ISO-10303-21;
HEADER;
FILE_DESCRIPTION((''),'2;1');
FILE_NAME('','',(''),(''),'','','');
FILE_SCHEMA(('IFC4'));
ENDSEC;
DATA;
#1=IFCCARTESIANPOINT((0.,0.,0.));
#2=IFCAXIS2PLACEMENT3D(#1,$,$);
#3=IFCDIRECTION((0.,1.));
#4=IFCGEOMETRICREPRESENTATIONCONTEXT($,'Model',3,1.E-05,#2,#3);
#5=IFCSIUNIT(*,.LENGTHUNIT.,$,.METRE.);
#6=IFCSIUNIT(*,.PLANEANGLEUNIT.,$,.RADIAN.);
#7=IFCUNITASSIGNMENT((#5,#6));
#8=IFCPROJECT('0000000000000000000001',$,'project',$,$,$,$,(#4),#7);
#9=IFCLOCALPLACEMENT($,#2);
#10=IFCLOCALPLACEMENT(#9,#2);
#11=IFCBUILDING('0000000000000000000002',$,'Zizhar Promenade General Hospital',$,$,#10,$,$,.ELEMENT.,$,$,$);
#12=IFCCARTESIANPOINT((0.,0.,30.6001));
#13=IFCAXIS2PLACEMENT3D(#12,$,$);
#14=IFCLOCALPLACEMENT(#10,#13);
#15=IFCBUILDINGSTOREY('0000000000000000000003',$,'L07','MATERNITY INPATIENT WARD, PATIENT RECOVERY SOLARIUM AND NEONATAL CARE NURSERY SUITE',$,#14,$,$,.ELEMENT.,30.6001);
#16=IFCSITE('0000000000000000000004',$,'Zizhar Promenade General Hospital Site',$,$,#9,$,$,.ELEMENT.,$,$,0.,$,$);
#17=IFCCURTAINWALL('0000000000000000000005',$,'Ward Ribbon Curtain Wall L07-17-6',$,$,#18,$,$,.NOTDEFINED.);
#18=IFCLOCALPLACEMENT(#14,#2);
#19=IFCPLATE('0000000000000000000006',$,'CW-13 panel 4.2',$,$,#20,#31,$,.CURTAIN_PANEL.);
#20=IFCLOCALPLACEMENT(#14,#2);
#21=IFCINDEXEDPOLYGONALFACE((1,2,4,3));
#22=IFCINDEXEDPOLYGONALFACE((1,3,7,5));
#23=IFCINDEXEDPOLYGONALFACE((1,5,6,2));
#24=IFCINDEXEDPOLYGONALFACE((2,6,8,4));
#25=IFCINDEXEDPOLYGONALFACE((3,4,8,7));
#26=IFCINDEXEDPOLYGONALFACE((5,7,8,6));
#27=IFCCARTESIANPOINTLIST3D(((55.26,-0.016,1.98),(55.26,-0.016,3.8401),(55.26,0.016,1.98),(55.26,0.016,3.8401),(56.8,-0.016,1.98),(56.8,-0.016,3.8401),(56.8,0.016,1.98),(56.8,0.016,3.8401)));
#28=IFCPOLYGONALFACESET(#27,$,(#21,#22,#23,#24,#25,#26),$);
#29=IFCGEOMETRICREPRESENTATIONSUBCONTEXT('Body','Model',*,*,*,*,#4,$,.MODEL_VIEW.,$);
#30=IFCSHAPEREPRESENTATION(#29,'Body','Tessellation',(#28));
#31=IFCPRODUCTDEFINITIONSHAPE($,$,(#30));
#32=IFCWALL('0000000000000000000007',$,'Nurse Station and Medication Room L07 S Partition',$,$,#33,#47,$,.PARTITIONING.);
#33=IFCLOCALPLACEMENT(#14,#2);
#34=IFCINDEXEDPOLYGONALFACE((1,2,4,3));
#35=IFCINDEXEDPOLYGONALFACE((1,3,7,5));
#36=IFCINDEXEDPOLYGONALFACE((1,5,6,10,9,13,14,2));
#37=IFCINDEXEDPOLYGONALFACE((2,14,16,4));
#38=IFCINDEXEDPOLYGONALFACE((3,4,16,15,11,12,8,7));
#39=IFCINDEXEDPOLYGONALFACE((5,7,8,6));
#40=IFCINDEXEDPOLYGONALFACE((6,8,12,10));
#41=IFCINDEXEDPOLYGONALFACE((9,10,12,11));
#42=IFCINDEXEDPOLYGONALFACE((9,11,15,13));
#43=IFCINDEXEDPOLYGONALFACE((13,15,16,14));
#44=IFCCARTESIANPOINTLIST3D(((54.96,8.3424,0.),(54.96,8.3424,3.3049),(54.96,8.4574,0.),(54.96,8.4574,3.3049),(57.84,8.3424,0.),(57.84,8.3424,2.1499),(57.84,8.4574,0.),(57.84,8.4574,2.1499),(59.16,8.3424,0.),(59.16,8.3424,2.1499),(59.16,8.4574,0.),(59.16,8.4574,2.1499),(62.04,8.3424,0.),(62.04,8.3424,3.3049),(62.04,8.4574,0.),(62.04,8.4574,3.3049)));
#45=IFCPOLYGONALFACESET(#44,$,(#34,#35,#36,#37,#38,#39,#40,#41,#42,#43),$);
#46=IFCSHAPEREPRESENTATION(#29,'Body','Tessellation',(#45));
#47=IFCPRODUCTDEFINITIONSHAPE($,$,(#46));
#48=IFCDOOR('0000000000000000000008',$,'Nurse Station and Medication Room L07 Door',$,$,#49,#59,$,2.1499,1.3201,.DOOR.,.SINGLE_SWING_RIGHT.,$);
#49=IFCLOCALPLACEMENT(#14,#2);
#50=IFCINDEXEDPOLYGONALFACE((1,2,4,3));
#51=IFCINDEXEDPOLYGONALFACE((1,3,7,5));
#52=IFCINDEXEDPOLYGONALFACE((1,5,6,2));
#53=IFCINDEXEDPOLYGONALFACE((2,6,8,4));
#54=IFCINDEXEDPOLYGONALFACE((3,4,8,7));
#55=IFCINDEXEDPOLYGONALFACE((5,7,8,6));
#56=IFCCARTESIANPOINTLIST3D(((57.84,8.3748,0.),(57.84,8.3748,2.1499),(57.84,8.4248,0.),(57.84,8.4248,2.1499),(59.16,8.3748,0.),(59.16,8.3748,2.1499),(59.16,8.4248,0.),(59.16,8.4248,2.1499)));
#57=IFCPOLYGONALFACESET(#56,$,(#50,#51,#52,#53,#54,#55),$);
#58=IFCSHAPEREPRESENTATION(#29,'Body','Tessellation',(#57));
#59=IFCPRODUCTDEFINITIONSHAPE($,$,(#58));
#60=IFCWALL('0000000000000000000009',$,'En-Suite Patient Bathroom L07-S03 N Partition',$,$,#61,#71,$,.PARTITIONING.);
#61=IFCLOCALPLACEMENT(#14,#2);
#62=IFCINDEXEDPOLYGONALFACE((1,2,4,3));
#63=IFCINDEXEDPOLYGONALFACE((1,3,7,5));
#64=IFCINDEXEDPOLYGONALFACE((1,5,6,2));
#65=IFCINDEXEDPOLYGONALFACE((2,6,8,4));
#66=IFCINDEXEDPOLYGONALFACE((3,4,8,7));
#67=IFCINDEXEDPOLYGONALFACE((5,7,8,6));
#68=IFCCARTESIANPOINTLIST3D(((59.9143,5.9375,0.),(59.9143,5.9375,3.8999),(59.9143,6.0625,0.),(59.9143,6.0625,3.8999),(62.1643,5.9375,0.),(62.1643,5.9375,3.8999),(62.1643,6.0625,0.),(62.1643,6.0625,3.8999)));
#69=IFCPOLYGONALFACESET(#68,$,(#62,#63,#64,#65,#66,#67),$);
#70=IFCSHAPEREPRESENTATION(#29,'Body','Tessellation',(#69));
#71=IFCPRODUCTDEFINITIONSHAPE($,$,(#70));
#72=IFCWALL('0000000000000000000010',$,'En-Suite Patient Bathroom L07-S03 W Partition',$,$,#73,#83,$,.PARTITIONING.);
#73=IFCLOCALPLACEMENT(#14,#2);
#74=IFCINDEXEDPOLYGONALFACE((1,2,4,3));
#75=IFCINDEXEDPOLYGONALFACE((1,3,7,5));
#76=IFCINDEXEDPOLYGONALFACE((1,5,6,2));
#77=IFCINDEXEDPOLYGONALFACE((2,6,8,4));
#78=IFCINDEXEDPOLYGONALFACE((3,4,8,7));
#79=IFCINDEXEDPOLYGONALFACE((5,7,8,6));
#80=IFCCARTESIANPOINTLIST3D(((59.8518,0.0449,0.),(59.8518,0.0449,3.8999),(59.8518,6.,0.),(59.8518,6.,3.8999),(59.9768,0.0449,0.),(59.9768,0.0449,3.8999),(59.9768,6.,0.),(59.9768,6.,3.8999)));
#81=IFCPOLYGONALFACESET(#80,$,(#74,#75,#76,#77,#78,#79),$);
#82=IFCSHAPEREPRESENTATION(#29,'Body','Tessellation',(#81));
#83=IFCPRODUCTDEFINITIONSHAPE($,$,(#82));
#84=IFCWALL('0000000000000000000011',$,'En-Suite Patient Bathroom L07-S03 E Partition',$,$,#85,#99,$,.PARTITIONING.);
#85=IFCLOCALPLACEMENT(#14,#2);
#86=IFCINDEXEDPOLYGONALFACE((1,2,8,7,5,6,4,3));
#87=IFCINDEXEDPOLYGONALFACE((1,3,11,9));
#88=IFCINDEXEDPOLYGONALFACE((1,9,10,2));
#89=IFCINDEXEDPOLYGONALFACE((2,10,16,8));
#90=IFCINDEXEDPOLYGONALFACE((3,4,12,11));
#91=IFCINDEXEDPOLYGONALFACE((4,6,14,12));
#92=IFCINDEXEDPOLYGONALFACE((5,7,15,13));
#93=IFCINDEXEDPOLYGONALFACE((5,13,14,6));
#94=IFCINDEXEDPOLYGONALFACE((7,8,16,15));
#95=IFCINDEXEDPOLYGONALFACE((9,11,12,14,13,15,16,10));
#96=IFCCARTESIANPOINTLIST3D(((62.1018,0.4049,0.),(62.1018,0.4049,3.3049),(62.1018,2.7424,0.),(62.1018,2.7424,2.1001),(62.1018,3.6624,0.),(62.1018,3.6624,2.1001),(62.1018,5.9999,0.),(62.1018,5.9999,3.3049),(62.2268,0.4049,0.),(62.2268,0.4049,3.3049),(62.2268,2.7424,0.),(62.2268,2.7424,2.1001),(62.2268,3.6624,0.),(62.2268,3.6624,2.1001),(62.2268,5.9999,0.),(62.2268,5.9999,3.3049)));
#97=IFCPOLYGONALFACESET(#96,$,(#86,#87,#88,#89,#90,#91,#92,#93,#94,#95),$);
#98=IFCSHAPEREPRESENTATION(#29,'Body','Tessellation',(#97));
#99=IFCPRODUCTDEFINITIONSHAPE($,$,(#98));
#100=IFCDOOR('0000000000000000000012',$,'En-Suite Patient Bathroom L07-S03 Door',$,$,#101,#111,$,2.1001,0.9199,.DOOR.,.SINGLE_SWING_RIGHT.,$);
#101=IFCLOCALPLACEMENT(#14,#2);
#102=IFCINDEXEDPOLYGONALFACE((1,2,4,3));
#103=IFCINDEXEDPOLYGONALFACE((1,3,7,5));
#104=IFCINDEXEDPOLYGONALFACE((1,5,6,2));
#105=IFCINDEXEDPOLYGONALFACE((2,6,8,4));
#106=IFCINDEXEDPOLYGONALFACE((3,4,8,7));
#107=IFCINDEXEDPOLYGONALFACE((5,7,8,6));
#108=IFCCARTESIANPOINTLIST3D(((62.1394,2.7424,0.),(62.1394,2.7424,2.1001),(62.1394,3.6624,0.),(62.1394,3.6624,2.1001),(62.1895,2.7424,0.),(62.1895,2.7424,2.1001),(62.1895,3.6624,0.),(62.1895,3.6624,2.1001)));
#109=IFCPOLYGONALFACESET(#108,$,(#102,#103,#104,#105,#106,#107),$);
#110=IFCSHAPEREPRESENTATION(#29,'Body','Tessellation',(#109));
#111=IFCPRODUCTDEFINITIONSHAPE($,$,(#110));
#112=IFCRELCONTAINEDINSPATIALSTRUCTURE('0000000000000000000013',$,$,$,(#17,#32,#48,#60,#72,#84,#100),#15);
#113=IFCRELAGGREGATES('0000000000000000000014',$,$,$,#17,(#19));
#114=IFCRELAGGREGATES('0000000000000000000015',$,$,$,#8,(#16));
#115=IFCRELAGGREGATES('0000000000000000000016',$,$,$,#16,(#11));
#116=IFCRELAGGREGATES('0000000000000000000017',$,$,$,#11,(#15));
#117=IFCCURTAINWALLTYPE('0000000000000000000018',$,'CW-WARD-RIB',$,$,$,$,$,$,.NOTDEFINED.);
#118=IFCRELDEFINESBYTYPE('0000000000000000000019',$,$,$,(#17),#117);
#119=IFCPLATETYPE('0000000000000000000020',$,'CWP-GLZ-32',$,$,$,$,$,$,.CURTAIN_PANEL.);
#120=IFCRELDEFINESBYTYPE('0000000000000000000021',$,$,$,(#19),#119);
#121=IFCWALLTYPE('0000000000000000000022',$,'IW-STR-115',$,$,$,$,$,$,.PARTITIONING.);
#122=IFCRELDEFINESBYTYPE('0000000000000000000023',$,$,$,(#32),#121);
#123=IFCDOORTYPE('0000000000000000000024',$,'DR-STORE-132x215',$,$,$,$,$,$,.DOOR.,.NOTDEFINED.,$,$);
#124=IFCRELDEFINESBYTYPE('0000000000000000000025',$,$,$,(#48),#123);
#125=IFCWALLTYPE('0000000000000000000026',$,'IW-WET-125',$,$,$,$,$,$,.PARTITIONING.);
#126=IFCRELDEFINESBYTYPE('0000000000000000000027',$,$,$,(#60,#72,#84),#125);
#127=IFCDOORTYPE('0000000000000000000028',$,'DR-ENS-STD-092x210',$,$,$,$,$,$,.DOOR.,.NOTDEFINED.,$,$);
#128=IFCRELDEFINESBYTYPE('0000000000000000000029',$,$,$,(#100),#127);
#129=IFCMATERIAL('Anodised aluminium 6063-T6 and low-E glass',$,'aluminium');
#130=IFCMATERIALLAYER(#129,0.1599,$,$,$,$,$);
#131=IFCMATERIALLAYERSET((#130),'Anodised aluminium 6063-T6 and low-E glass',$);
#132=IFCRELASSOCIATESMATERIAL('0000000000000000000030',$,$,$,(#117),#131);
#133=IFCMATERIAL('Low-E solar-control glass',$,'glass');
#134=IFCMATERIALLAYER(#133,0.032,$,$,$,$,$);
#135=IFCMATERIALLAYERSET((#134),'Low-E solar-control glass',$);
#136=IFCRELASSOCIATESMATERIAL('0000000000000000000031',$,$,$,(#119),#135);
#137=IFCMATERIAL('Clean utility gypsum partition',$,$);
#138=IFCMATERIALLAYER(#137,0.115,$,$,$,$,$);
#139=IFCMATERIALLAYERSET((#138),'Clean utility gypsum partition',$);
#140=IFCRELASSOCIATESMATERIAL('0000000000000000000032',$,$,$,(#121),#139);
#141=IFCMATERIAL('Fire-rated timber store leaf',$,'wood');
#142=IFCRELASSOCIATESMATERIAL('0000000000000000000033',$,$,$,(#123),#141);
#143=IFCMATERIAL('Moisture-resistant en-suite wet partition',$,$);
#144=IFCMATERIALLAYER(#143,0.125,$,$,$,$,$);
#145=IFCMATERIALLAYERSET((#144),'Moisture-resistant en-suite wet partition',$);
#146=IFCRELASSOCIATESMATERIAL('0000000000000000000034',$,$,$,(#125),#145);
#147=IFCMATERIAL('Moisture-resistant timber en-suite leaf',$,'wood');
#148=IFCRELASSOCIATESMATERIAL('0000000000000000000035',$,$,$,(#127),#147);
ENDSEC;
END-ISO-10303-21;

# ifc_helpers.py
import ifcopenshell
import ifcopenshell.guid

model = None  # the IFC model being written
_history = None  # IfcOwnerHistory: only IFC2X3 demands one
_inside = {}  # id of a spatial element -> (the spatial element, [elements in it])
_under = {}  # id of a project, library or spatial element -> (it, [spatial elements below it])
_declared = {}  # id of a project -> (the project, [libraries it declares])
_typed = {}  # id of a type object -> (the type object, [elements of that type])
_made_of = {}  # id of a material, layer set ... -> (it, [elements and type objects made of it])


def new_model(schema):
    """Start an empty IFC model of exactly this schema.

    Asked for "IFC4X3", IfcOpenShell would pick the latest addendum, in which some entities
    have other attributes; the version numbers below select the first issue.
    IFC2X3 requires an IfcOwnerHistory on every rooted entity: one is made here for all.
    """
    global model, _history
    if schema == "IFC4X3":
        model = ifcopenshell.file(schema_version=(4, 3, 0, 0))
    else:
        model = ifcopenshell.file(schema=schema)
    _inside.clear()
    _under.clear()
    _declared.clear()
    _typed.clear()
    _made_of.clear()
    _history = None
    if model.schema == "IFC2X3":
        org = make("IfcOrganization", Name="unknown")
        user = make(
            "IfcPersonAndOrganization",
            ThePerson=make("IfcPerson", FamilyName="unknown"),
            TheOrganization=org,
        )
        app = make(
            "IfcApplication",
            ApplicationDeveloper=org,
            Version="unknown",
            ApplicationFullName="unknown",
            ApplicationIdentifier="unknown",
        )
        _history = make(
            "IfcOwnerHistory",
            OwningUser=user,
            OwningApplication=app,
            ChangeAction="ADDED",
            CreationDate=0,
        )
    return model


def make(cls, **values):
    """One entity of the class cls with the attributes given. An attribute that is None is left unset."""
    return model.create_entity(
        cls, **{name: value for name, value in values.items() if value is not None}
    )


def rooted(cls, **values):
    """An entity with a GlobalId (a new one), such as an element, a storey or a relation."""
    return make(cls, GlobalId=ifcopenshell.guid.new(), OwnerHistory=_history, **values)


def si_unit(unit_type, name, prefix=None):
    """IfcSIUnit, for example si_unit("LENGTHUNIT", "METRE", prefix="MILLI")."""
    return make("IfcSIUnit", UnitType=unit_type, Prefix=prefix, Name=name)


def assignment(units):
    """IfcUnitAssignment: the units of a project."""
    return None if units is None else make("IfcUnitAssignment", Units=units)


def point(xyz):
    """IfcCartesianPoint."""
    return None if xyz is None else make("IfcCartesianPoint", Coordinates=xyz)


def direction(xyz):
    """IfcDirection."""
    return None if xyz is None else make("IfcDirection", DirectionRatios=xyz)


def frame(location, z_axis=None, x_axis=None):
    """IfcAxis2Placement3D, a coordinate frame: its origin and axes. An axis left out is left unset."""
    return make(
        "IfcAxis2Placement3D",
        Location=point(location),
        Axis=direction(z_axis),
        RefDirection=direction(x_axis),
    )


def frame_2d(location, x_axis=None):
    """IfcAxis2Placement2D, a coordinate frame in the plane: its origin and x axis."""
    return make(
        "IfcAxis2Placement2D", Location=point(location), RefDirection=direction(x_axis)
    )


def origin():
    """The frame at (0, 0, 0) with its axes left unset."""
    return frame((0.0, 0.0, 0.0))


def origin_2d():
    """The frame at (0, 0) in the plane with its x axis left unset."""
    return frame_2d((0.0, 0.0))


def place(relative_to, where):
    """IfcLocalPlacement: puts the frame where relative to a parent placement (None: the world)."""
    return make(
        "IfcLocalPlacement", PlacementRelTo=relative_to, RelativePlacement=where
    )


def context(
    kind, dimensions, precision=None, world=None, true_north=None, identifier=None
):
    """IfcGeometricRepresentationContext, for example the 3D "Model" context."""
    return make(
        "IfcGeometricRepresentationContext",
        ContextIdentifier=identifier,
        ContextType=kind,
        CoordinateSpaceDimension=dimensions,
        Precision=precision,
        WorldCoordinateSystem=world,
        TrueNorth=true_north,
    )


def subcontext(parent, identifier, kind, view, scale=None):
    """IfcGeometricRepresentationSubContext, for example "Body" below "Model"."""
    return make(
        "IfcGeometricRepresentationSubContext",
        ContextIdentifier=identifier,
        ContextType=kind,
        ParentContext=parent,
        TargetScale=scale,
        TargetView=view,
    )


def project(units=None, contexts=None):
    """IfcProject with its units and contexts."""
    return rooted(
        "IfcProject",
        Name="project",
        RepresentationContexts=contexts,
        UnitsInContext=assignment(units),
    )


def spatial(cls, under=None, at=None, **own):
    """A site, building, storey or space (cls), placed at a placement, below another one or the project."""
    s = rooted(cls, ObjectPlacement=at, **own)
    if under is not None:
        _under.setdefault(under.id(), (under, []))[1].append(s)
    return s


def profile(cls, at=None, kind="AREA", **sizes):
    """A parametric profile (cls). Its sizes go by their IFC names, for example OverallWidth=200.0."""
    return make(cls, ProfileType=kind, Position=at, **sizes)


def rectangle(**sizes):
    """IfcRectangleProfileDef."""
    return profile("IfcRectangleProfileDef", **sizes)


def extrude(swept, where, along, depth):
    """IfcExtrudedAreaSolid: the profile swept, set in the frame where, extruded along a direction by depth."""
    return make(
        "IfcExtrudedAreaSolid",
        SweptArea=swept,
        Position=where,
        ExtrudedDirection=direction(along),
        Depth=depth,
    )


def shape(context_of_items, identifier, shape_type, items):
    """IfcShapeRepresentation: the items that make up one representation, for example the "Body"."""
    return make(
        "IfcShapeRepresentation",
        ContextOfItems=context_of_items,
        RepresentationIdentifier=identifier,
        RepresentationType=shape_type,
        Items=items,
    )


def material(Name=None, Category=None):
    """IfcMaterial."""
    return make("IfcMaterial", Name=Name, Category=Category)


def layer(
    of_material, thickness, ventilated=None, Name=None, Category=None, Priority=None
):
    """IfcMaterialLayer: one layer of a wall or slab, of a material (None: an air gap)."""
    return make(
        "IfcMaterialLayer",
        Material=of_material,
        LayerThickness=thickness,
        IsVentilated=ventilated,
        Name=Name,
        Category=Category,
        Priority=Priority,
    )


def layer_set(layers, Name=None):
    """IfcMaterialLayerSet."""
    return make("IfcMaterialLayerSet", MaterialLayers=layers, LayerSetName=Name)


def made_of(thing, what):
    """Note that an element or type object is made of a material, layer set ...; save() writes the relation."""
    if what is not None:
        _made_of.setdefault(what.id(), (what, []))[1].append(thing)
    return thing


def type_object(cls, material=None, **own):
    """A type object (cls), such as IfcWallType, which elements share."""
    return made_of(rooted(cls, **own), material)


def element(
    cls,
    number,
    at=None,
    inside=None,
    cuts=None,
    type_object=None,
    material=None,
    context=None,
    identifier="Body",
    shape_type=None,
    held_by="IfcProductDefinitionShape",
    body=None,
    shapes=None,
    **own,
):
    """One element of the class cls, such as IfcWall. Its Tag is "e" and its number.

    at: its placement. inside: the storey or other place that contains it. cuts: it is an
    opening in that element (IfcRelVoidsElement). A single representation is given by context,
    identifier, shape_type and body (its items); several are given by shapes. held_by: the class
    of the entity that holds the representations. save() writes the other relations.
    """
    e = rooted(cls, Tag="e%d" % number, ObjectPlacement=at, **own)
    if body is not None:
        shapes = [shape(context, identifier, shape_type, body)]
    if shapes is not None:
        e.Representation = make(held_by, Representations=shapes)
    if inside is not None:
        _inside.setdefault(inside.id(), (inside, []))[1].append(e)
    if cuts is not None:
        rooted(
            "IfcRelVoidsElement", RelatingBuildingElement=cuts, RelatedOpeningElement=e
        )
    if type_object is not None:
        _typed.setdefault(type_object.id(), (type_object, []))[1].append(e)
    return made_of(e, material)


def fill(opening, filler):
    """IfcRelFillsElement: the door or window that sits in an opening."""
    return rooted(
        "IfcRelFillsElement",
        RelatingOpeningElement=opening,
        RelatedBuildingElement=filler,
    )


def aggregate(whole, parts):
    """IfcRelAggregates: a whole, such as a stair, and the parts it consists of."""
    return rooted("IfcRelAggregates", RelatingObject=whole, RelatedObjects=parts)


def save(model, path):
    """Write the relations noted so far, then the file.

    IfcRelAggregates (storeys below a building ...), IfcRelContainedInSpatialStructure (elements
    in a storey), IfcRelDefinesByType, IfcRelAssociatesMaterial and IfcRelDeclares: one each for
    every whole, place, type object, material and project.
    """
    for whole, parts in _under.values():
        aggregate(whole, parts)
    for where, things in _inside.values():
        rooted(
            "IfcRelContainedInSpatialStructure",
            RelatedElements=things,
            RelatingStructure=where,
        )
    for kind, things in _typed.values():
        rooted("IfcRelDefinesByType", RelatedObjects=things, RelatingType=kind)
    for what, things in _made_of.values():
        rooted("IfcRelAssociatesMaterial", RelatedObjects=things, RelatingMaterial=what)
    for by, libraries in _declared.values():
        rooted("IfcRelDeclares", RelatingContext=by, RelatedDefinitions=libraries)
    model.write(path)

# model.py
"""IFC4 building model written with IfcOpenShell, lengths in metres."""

from ifc_helpers import new_model, si_unit, direction, frame, frame_2d, origin, origin_2d, place, context, subcontext, project, spatial, rectangle, extrude, material, layer, layer_set, type_object, element, fill, aggregate, save


model = new_model("IFC4")

# Units and contexts
model_context = context("Model", 3, precision=1e-05, world=origin(), true_north=direction((0.0, 1.0)))
body_context = subcontext(model_context, "Body", "Model", "MODEL_VIEW")
ifc_project = project(units=[si_unit("LENGTHUNIT", "METRE"), si_unit("PLANEANGLEUNIT", "RADIAN")], contexts=[model_context])

# Site, building, storey
site_placement = place(None, origin())
site = spatial("IfcSite", under=ifc_project, at=site_placement, Name="Zizhar Promenade General Hospital Site", CompositionType="ELEMENT", RefElevation=0.0)
building_placement = place(site_placement, origin())
building = spatial("IfcBuilding", under=site, at=building_placement, Name="Zizhar Promenade General Hospital", CompositionType="ELEMENT")
storey_placement = place(building_placement, frame((0.0, 0.0, 30.6001)))
storey = spatial("IfcBuildingStorey", under=building, at=storey_placement, Name="L07", Description="MATERNITY INPATIENT WARD, PATIENT RECOVERY SOLARIUM AND NEONATAL CARE NURSERY SUITE", CompositionType="ELEMENT", Elevation=30.6001)

# Curtain wall, plate
ifc_material_1 = material(Name="Anodised aluminium 6063-T6 and low-E glass", Category="aluminium")
ifc_layer_1 = layer(ifc_material_1, 0.1599)
ifc_layer_set_1 = layer_set([ifc_layer_1], Name="Anodised aluminium 6063-T6 and low-E glass")
curtain_wall_type = type_object("IfcCurtainWallType", Name="CW-WARD-RIB", PredefinedType="NOTDEFINED", material=ifc_layer_set_1)
curtain_wall_placement = place(storey_placement, origin())
curtain_wall = element("IfcCurtainWall", 1, at=curtain_wall_placement, inside=storey, type_object=curtain_wall_type, Name="Ward Ribbon Curtain Wall L07-17-6", PredefinedType="NOTDEFINED")
ifc_material_2 = material(Name="Low-E solar-control glass", Category="glass")
ifc_layer_2 = layer(ifc_material_2, 0.032)
ifc_layer_set_2 = layer_set([ifc_layer_2], Name="Low-E solar-control glass")
plate_type = type_object("IfcPlateType", Name="CWP-GLZ-32", PredefinedType="CURTAIN_PANEL", material=ifc_layer_set_2)
plate_1_placement = place(storey_placement, frame((56.03, 0.0, 1.98), z_axis=(0.0, 0.0, 1.0), x_axis=(-1.0, 0.0, 0.0)))
plate_1 = element("IfcPlate", 2, at=plate_1_placement, type_object=plate_type, Name="CW-13 panel 4.2", PredefinedType="CURTAIN_PANEL", context=body_context, shape_type="SweptSolid", body=[
    extrude(rectangle(XDim=1.54, YDim=0.032, at=origin_2d()), origin(), (0.0, 0.0, 1.0), 1.8601),
])
aggregate(curtain_wall, [plate_1])

# Wall, opening, door
ifc_material_3 = material(Name="Clean utility gypsum partition")
ifc_layer_3 = layer(ifc_material_3, 0.115)
ifc_layer_set_3 = layer_set([ifc_layer_3], Name="Clean utility gypsum partition")
wall_type_1 = type_object("IfcWallType", Name="IW-STR-115", PredefinedType="PARTITIONING", material=ifc_layer_set_3)
wall_1_placement = place(storey_placement, frame((54.96, 8.3999, 0.0), z_axis=(0.0, 0.0, 1.0), x_axis=(1.0, 0.0, 0.0)))
wall_1 = element("IfcWall", 3, at=wall_1_placement, inside=storey, type_object=wall_type_1, Name="Nurse Station and Medication Room L07 S Partition", PredefinedType="PARTITIONING", context=body_context, shape_type="SweptSolid", body=[
    extrude(rectangle(XDim=7.0801, YDim=0.115, at=frame_2d((3.54, 0.0))), origin(), (0.0, 0.0, 1.0), 3.3049),
])
opening_1_placement = place(wall_1_placement, frame((2.8799, 0.0, 0.0)))
opening_1 = element("IfcOpeningElement", 4, at=opening_1_placement, cuts=wall_1, PredefinedType="OPENING", context=body_context, shape_type="SweptSolid", body=[
    extrude(rectangle(XDim=1.3201, YDim=2.1499, at=frame_2d((0.6602, 1.075))), frame((0.0, 0.0674, 0.0), z_axis=(0.0, -1.0, 0.0), x_axis=(1.0, 0.0, 0.0)), (0.0, 0.0, 1.0), 0.135),
])
ifc_material_4 = material(Name="Fire-rated timber store leaf", Category="wood")
door_type_1 = type_object("IfcDoorType", Name="DR-STORE-132x215", OperationType="NOTDEFINED", PredefinedType="DOOR", material=ifc_material_4)
door_1_placement = place(opening_1_placement, origin())
door_1 = element("IfcDoor", 5, at=door_1_placement, inside=storey, type_object=door_type_1, Name="Nurse Station and Medication Room L07 Door", OperationType="SINGLE_SWING_RIGHT", OverallHeight=2.1499, OverallWidth=1.3201, PredefinedType="DOOR", context=body_context, shape_type="SweptSolid", body=[
    extrude(rectangle(XDim=1.3201, YDim=2.1499, at=frame_2d((0.6602, 1.075))), frame((0.0, 0.0249, 0.0), z_axis=(0.0, -1.0, 0.0), x_axis=(1.0, 0.0, 0.0)), (0.0, 0.0, 1.0), 0.05),
])
fill(opening_1, door_1)

# Walls
ifc_material_5 = material(Name="Moisture-resistant en-suite wet partition")
ifc_layer_4 = layer(ifc_material_5, 0.125)
ifc_layer_set_4 = layer_set([ifc_layer_4], Name="Moisture-resistant en-suite wet partition")
wall_type_2 = type_object("IfcWallType", Name="IW-WET-125", PredefinedType="PARTITIONING", material=ifc_layer_set_4)
wall_2_placement = place(storey_placement, frame((59.9143, 6.0, 0.0), z_axis=(0.0, 0.0, 1.0), x_axis=(1.0, 0.0, 0.0)))
element("IfcWall", 6, at=wall_2_placement, inside=storey, type_object=wall_type_2, Name="En-Suite Patient Bathroom L07-S03 N Partition", PredefinedType="PARTITIONING", context=body_context, shape_type="SweptSolid", body=[
    extrude(rectangle(XDim=2.25, YDim=0.125, at=frame_2d((1.125, 0.0))), origin(), (0.0, 0.0, 1.0), 3.8999),
])
wall_3_placement = place(storey_placement, frame((59.9143, 0.0449, 0.0), z_axis=(0.0, 0.0, 1.0), x_axis=(0.0, 1.0, 0.0)))
element("IfcWall", 7, at=wall_3_placement, inside=storey, type_object=wall_type_2, Name="En-Suite Patient Bathroom L07-S03 W Partition", PredefinedType="PARTITIONING", context=body_context, shape_type="SweptSolid", body=[
    extrude(rectangle(XDim=5.9551, YDim=0.125, at=frame_2d((2.9775, 0.0))), origin(), (0.0, 0.0, 1.0), 3.8999),
])

# Wall, opening, door
wall_4_placement = place(storey_placement, frame((62.1643, 0.405, 0.0), z_axis=(0.0, 0.0, 1.0), x_axis=(0.0, 1.0, 0.0)))
wall_4 = element("IfcWall", 8, at=wall_4_placement, inside=storey, type_object=wall_type_2, Name="En-Suite Patient Bathroom L07-S03 E Partition", PredefinedType="PARTITIONING", context=body_context, shape_type="SweptSolid", body=[
    extrude(rectangle(XDim=5.595, YDim=0.125, at=frame_2d((2.7974, 0.0))), origin(), (0.0, 0.0, 1.0), 3.3049),
])
opening_2_placement = place(wall_4_placement, frame((2.3374, 0.0, 0.0)))
opening_2 = element("IfcOpeningElement", 9, at=opening_2_placement, cuts=wall_4, PredefinedType="OPENING", context=body_context, shape_type="SweptSolid", body=[
    extrude(rectangle(XDim=0.9199, YDim=2.1001, at=frame_2d((0.46, 1.05))), frame((0.0, 0.0725, 0.0), z_axis=(0.0, -1.0, 0.0), x_axis=(1.0, 0.0, 0.0)), (0.0, 0.0, 1.0), 0.145),
])
ifc_material_6 = material(Name="Moisture-resistant timber en-suite leaf", Category="wood")
door_type_2 = type_object("IfcDoorType", Name="DR-ENS-STD-092x210", OperationType="NOTDEFINED", PredefinedType="DOOR", material=ifc_material_6)
door_2_placement = place(opening_2_placement, origin())
door_2 = element("IfcDoor", 10, at=door_2_placement, inside=storey, type_object=door_type_2, Name="En-Suite Patient Bathroom L07-S03 Door", OperationType="SINGLE_SWING_RIGHT", OverallHeight=2.1001, OverallWidth=0.9199, PredefinedType="DOOR", context=body_context, shape_type="SweptSolid", body=[
    extrude(rectangle(XDim=0.9199, YDim=2.1001, at=frame_2d((0.46, 1.05))), frame((0.0, 0.0249, 0.0), z_axis=(0.0, -1.0, 0.0), x_axis=(1.0, 0.0, 0.0)), (0.0, 0.0, 1.0), 0.05),
])
fill(opening_2, door_2)

save(model, "model.ifc")
